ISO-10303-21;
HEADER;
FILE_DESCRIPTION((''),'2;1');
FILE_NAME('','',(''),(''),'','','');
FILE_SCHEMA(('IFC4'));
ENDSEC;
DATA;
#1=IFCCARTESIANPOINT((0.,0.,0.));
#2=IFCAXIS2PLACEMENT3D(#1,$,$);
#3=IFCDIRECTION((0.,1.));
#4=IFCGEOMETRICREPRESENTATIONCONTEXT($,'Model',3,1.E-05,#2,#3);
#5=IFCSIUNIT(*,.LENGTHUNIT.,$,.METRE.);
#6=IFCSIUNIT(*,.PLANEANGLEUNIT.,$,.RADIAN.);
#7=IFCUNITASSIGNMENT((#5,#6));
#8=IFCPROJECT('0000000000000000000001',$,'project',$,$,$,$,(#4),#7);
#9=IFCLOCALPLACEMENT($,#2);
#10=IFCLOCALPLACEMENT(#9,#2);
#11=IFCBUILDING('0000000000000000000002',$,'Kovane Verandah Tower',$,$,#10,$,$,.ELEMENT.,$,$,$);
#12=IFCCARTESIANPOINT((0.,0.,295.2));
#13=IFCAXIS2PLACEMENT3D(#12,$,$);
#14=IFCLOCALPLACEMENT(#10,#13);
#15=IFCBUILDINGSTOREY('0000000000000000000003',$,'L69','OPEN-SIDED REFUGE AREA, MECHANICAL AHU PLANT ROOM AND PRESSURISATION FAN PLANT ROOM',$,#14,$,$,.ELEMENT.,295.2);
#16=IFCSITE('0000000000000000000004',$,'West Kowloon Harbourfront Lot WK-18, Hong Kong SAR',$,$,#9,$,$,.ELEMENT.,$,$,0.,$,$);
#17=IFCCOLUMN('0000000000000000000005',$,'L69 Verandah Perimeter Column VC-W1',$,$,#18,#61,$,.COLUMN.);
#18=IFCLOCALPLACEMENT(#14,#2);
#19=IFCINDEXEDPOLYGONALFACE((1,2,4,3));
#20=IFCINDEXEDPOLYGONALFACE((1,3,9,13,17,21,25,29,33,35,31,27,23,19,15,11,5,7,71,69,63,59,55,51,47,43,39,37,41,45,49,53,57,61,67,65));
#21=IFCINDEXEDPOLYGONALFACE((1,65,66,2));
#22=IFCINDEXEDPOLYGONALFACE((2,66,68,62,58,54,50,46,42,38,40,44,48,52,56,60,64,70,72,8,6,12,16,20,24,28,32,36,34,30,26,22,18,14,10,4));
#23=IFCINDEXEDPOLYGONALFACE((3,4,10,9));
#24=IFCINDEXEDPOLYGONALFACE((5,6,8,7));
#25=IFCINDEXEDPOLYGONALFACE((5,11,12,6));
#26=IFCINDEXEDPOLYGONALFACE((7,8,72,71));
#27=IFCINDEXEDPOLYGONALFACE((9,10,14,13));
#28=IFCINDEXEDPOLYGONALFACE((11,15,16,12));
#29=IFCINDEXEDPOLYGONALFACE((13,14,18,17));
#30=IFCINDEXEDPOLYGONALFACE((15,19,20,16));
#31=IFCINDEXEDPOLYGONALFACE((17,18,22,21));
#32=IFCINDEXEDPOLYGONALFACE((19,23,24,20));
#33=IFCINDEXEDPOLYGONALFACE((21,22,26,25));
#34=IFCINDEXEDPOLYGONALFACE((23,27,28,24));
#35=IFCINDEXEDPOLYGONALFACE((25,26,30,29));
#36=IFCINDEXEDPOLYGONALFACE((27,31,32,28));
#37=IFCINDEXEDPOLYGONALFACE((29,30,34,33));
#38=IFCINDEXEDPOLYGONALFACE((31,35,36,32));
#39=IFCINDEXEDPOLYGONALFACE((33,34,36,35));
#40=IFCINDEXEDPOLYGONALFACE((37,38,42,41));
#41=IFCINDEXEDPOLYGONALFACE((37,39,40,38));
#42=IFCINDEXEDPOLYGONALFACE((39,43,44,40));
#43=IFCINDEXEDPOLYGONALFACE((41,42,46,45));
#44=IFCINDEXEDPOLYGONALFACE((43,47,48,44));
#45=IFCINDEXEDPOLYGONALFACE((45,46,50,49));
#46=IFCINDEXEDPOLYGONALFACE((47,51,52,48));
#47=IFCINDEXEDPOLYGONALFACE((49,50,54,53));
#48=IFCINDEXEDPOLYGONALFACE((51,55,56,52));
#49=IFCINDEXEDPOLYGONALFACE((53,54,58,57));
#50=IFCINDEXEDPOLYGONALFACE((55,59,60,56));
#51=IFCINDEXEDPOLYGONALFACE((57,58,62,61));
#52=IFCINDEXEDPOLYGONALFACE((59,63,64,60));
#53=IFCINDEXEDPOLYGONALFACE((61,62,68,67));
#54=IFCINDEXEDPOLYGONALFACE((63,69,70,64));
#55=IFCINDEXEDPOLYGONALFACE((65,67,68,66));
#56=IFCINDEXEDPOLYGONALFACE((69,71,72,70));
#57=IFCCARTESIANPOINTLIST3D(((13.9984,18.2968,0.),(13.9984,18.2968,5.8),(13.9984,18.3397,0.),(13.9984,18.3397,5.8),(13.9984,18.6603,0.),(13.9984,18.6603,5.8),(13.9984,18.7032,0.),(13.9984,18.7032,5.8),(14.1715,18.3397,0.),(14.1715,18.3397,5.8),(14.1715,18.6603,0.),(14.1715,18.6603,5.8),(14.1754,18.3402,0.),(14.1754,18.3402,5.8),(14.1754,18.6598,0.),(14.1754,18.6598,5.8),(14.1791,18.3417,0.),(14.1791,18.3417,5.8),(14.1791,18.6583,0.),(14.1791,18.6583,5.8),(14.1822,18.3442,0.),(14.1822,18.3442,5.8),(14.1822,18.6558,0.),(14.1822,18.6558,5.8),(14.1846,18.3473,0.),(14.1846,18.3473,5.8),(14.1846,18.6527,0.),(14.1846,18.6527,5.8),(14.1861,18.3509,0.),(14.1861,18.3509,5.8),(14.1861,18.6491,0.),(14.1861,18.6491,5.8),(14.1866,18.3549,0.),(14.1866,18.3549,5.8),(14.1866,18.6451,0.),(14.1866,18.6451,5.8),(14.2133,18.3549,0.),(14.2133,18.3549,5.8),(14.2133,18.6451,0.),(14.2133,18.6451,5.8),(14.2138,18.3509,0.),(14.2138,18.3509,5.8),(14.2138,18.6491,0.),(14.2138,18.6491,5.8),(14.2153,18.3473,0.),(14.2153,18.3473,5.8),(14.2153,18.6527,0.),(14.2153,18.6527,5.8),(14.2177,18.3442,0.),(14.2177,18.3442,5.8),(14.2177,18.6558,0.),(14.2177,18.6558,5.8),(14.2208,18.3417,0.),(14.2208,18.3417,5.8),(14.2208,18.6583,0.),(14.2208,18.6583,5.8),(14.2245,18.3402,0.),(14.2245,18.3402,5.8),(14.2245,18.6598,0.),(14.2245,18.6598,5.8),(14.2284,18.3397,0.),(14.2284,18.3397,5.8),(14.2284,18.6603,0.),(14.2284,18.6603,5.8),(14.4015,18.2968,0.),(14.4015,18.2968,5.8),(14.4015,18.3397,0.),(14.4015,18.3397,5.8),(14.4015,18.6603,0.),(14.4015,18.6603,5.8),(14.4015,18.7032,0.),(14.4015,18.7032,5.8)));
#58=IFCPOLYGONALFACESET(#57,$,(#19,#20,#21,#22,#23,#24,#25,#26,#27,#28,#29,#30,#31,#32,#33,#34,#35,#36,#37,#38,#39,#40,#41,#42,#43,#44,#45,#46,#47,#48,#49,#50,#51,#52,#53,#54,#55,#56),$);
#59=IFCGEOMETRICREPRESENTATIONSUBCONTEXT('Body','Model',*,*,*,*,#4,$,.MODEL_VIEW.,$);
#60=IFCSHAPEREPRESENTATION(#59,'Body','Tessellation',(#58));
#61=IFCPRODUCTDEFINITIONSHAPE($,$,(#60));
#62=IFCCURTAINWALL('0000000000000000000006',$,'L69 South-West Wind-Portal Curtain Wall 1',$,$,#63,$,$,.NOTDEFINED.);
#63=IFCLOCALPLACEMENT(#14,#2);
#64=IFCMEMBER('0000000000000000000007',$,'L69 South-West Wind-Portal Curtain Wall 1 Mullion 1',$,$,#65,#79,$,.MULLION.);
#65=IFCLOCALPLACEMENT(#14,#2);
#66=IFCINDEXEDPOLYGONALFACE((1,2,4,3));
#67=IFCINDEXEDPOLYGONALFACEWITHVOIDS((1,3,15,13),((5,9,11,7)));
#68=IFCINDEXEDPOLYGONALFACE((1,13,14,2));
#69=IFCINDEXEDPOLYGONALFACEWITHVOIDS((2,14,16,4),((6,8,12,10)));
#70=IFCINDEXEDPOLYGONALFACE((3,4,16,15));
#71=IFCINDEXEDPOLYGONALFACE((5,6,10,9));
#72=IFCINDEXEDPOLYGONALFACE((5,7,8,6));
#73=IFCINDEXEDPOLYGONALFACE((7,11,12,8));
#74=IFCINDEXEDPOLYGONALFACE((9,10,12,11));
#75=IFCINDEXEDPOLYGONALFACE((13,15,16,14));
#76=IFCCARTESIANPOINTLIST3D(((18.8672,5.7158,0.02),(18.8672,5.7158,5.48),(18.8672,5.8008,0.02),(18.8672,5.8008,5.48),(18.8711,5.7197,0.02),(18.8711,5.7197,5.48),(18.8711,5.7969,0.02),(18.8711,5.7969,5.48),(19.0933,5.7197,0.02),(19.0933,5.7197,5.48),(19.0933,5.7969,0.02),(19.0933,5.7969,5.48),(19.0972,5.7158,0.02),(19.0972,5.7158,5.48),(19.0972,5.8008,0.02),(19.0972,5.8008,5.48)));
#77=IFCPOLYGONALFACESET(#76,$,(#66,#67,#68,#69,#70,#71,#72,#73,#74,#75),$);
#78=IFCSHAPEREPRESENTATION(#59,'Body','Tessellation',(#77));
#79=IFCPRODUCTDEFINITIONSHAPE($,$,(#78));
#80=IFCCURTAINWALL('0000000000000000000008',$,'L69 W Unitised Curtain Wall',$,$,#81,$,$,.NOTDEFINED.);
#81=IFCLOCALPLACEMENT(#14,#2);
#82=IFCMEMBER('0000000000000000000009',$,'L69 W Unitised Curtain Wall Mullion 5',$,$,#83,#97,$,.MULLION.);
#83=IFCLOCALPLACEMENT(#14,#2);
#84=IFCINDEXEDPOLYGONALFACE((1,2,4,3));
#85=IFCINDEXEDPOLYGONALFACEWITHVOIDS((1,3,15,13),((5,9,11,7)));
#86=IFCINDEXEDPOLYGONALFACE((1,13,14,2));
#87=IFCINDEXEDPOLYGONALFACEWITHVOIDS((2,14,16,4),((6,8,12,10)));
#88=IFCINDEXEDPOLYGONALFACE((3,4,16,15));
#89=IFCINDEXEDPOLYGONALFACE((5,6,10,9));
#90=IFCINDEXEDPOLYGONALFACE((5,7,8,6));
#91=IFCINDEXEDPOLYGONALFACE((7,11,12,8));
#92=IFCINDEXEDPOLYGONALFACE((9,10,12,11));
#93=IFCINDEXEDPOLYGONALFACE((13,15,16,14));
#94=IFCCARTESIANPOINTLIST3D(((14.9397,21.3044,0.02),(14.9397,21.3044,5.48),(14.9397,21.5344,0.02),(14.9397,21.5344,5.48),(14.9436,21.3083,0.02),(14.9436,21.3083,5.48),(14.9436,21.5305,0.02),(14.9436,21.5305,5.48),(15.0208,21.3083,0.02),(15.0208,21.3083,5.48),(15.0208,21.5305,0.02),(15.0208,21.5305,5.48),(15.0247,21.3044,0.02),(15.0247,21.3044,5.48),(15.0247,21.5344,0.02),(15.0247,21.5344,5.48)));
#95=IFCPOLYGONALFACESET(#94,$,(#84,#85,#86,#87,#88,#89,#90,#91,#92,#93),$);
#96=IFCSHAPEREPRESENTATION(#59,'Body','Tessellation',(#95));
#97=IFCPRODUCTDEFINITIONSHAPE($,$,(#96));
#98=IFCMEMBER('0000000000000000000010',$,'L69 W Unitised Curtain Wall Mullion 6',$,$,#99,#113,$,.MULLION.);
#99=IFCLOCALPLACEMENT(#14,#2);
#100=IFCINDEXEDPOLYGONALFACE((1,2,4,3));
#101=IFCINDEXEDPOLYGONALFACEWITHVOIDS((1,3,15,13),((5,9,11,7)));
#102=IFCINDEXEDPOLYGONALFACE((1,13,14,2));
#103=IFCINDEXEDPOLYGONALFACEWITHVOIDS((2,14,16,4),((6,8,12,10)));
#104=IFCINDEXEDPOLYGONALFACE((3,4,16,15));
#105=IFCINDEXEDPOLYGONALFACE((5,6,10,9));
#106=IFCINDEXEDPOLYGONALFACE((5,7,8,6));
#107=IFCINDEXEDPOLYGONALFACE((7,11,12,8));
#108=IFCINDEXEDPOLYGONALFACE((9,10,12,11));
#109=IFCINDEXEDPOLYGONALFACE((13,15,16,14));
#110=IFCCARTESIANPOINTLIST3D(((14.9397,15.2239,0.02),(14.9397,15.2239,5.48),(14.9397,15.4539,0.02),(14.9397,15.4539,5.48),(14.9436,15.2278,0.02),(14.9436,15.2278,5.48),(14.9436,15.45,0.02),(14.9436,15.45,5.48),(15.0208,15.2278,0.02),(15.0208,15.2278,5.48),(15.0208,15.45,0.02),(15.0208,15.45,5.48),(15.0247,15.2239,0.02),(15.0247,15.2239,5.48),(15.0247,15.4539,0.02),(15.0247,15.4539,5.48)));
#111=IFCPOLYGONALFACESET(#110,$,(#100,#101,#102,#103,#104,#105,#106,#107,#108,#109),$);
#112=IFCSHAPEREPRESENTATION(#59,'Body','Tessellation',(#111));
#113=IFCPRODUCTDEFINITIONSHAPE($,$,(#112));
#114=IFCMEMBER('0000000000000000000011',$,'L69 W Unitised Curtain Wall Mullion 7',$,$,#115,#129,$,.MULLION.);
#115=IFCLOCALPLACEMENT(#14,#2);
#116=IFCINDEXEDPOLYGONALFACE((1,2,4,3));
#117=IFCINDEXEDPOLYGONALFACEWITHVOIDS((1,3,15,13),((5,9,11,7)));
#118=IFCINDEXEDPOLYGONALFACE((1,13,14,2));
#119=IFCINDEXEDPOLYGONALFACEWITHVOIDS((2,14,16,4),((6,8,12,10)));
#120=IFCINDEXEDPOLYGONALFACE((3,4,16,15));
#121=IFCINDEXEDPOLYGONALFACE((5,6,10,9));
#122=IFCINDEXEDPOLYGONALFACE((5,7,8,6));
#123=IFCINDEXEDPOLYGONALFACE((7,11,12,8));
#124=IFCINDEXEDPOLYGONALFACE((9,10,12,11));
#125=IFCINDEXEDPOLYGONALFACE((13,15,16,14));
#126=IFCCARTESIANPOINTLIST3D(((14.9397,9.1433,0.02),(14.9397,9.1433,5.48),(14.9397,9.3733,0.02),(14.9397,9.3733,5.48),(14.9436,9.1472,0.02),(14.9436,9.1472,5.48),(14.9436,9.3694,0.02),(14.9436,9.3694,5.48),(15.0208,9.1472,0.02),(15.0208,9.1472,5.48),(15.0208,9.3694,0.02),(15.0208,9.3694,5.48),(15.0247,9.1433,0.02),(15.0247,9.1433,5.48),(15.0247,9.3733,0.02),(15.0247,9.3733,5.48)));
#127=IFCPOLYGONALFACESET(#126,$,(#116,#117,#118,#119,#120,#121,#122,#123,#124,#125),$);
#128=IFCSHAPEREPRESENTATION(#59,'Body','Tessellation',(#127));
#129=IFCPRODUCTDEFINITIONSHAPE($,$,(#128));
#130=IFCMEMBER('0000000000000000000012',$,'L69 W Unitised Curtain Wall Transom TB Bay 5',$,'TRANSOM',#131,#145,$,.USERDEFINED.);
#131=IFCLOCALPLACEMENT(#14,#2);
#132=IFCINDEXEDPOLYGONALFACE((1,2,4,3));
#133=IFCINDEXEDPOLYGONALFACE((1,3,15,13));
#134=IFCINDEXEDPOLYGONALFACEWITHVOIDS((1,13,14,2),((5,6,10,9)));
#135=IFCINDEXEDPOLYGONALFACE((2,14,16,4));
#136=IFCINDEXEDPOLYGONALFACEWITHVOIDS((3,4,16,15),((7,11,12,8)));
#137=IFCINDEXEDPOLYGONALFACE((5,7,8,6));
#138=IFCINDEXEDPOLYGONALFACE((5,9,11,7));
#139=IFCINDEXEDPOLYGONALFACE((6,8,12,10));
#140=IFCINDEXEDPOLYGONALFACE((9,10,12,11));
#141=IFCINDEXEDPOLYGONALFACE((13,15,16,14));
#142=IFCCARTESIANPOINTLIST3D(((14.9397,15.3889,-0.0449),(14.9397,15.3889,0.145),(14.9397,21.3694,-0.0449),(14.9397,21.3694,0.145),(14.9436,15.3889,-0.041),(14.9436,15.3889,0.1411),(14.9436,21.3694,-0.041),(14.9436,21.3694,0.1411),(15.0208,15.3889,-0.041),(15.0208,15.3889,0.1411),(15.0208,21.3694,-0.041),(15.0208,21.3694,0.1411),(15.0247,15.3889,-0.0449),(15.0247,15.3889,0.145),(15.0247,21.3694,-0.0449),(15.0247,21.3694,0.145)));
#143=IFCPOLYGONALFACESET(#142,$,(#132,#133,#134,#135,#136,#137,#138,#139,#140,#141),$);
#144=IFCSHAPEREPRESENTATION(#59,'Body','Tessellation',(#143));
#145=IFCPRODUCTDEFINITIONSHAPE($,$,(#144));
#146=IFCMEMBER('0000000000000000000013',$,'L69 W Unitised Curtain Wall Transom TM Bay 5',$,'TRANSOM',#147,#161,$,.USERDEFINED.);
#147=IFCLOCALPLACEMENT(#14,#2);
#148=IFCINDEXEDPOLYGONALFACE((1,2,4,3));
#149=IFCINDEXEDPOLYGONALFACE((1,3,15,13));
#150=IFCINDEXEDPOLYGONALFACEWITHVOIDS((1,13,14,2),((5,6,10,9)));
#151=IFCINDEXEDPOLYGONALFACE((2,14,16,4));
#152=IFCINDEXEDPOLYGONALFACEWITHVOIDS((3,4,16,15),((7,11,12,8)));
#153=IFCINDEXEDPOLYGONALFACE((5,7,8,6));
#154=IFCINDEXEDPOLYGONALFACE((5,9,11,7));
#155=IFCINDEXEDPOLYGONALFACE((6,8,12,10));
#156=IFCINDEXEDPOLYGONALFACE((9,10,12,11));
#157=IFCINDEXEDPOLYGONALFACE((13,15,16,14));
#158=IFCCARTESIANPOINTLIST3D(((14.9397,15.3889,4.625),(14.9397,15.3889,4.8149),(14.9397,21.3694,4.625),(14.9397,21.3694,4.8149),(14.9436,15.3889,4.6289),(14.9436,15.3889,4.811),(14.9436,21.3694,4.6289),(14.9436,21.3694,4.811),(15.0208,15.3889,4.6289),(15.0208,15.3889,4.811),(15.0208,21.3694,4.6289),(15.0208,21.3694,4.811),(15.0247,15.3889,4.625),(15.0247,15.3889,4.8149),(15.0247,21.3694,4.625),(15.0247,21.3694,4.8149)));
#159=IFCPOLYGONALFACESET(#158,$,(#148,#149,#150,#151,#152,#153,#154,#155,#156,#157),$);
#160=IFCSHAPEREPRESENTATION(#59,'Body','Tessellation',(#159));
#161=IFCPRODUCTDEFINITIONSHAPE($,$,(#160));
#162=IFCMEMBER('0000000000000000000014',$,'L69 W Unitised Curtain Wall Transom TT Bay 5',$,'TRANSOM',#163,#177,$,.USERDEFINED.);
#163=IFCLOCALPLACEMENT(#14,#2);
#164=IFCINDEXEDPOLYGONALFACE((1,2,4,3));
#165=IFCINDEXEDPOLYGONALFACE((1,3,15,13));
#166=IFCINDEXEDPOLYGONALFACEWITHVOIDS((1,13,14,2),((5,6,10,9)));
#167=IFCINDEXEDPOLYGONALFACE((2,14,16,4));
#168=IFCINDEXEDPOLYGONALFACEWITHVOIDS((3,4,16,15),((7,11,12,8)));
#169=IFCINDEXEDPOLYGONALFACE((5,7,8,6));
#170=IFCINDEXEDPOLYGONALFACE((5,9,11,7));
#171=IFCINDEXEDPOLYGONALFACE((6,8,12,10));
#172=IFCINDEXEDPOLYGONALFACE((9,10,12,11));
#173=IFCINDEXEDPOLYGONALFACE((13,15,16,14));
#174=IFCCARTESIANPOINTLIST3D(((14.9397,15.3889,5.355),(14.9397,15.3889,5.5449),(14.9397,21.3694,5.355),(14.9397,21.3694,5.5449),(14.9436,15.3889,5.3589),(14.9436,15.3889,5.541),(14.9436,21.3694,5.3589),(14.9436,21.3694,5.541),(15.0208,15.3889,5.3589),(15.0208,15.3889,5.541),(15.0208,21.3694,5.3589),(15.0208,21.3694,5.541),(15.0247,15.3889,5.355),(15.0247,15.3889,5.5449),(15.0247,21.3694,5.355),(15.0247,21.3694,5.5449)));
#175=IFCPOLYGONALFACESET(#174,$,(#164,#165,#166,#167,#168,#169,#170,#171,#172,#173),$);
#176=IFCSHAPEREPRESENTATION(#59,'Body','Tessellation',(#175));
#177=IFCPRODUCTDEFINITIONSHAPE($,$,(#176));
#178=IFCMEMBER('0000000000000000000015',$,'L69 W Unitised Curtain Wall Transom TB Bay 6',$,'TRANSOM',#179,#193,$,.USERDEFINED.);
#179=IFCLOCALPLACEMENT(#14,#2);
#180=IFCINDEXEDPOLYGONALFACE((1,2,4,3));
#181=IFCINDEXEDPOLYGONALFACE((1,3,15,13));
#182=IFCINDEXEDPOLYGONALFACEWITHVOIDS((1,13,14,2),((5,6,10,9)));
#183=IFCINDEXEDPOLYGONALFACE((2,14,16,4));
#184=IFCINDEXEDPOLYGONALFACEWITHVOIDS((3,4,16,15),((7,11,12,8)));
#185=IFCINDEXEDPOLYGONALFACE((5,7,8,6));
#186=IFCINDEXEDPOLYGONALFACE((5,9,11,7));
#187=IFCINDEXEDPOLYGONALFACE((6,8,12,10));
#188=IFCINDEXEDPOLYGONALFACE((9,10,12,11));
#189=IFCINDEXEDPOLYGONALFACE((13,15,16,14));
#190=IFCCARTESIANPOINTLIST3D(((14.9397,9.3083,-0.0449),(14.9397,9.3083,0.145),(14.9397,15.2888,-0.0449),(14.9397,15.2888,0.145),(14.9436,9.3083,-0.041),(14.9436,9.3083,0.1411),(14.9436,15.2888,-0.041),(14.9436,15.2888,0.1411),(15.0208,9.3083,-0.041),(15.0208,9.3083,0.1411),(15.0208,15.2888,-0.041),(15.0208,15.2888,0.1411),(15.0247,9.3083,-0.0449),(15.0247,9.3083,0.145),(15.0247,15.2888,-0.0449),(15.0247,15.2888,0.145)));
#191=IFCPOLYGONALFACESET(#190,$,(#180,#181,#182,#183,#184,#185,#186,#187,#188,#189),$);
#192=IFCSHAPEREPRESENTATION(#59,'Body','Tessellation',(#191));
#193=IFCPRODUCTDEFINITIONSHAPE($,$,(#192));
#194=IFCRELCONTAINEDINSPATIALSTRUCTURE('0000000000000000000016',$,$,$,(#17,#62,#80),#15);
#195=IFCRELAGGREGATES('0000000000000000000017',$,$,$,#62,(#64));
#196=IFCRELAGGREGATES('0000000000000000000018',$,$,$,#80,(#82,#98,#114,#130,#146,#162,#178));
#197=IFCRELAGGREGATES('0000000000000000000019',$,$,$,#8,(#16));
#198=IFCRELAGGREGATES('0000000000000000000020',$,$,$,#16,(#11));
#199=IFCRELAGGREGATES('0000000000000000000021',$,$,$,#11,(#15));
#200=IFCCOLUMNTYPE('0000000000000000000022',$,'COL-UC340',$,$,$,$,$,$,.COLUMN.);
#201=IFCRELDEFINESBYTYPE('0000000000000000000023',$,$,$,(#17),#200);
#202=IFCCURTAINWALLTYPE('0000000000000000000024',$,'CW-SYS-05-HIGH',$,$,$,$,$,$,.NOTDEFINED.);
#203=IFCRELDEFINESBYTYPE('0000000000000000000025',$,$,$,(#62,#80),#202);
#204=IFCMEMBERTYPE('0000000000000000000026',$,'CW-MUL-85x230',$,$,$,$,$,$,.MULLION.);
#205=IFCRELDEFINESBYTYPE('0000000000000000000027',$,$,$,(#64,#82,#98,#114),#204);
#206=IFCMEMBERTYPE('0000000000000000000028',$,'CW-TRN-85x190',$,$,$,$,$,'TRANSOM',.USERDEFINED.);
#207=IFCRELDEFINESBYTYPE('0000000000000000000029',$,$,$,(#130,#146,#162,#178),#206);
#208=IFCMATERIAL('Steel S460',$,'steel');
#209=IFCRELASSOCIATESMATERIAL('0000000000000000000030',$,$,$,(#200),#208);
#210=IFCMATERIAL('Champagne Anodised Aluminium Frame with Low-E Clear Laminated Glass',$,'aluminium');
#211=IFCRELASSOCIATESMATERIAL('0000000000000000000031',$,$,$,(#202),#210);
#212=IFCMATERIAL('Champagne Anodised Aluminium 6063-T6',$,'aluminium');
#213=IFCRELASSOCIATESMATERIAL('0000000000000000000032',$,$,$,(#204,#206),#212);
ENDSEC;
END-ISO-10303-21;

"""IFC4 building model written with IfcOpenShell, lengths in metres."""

from ifc_helpers import new_model, si_unit, direction, frame, origin, origin_2d, place, context, subcontext, project, spatial, hollow_rectangle, i_section, extrude, material, material_profile, profile_set, type_object, element, aggregate, save


model = new_model("IFC4")

# Units and contexts
model_context = context("Model", 3, precision=1e-05, world=origin(), true_north=direction((0.0, 1.0)))
body_context = subcontext(model_context, "Body", "Model", "MODEL_VIEW")
ifc_project = project(units=[si_unit("LENGTHUNIT", "METRE"), si_unit("PLANEANGLEUNIT", "RADIAN")], contexts=[model_context])

# Site, building, storey
site_placement = place(None, origin())
site = spatial("IfcSite", under=ifc_project, at=site_placement, Name="West Kowloon Harbourfront Lot WK-18, Hong Kong SAR", CompositionType="ELEMENT", RefElevation=0.0)
building_placement = place(site_placement, origin())
building = spatial("IfcBuilding", under=site, at=building_placement, Name="Kovane Verandah Tower", CompositionType="ELEMENT")
storey_placement = place(building_placement, frame((0.0, 0.0, 295.2)))
storey = spatial("IfcBuildingStorey", under=building, at=storey_placement, Name="L69", Description="OPEN-SIDED REFUGE AREA, MECHANICAL AHU PLANT ROOM AND PRESSURISATION FAN PLANT ROOM", CompositionType="ELEMENT", Elevation=295.2)

# Column
ifc_material_1 = material(Name="Steel S460", Category="steel")
ifc_material_profile_1 = material_profile(ifc_material_1, i_section(OverallWidth=0.4031, OverallDepth=0.4065, WebThickness=0.0266, FlangeThickness=0.043, FilletRadius=0.0151, at=origin_2d()), Name="UC356x406x340")
ifc_profile_set_1 = profile_set([ifc_material_profile_1], Name="Steel S460")
column_type = type_object("IfcColumnType", Name="COL-UC340", PredefinedType="COLUMN", material=ifc_profile_set_1)
column_placement = place(storey_placement, frame((14.2, 18.5, 0.0), z_axis=(0.0, 0.0, 1.0), x_axis=(1.0, 0.0, 0.0)))
element("IfcColumn", 1, at=column_placement, inside=storey, type_object=column_type, Name="L69 Verandah Perimeter Column VC-W1", PredefinedType="COLUMN", context=body_context, shape_type="SweptSolid", body=[
    extrude(i_section(OverallWidth=0.4031, OverallDepth=0.4065, WebThickness=0.0266, FlangeThickness=0.043, FilletRadius=0.0151, at=origin_2d()), origin(), (0.0, 0.0, 1.0), 5.8),
])

# Curtain wall, member
ifc_material_2 = material(Name="Champagne Anodised Aluminium Frame with Low-E Clear Laminated Glass", Category="aluminium")
curtain_wall_type = type_object("IfcCurtainWallType", Name="CW-SYS-05-HIGH", PredefinedType="NOTDEFINED", material=ifc_material_2)
curtain_wall_1_placement = place(storey_placement, origin())
curtain_wall_1 = element("IfcCurtainWall", 2, at=curtain_wall_1_placement, inside=storey, type_object=curtain_wall_type, Name="L69 South-West Wind-Portal Curtain Wall 1", PredefinedType="NOTDEFINED")
ifc_material_3 = material(Name="Champagne Anodised Aluminium 6063-T6", Category="aluminium")
ifc_material_profile_2 = material_profile(ifc_material_3, hollow_rectangle(XDim=0.085, YDim=0.23, WallThickness=0.0039, at=origin_2d()), Name="AL85x230x4")
ifc_profile_set_2 = profile_set([ifc_material_profile_2], Name="Champagne Anodised Aluminium 6063-T6")
member_type_1 = type_object("IfcMemberType", Name="CW-MUL-85x230", PredefinedType="MULLION", material=ifc_profile_set_2)
member_1_placement = place(storey_placement, frame((18.9822, 5.7583, 0.02), z_axis=(0.0, 0.0, 1.0), x_axis=(0.0, -1.0, 0.0)))
member_1 = element("IfcMember", 3, at=member_1_placement, type_object=member_type_1, Name="L69 South-West Wind-Portal Curtain Wall 1 Mullion 1", PredefinedType="MULLION", context=body_context, shape_type="SweptSolid", body=[
    extrude(hollow_rectangle(XDim=0.085, YDim=0.23, WallThickness=0.0039, at=origin_2d()), origin(), (0.0, 0.0, 1.0), 5.46),
])
aggregate(curtain_wall_1, [member_1])

# Curtain wall, members
curtain_wall_2_placement = place(storey_placement, origin())
curtain_wall_2 = element("IfcCurtainWall", 4, at=curtain_wall_2_placement, inside=storey, type_object=curtain_wall_type, Name="L69 W Unitised Curtain Wall", PredefinedType="NOTDEFINED")
member_2_placement = place(storey_placement, frame((14.9822, 21.4194, 0.02), z_axis=(0.0, 0.0, 1.0), x_axis=(-1.0, 0.0, 0.0)))
member_2 = element("IfcMember", 5, at=member_2_placement, type_object=member_type_1, Name="L69 W Unitised Curtain Wall Mullion 5", PredefinedType="MULLION", context=body_context, shape_type="SweptSolid", body=[
    extrude(hollow_rectangle(XDim=0.085, YDim=0.23, WallThickness=0.0039, at=origin_2d()), origin(), (0.0, 0.0, 1.0), 5.46),
])
member_3_placement = place(storey_placement, frame((14.9822, 15.3389, 0.02), z_axis=(0.0, 0.0, 1.0), x_axis=(-1.0, 0.0, 0.0)))
member_3 = element("IfcMember", 6, at=member_3_placement, type_object=member_type_1, Name="L69 W Unitised Curtain Wall Mullion 6", PredefinedType="MULLION", context=body_context, shape_type="SweptSolid", body=[
    extrude(hollow_rectangle(XDim=0.085, YDim=0.23, WallThickness=0.0039, at=origin_2d()), origin(), (0.0, 0.0, 1.0), 5.46),
])
member_4_placement = place(storey_placement, frame((14.9822, 9.2583, 0.02), z_axis=(0.0, 0.0, 1.0), x_axis=(-1.0, 0.0, 0.0)))
member_4 = element("IfcMember", 7, at=member_4_placement, type_object=member_type_1, Name="L69 W Unitised Curtain Wall Mullion 7", PredefinedType="MULLION", context=body_context, shape_type="SweptSolid", body=[
    extrude(hollow_rectangle(XDim=0.085, YDim=0.23, WallThickness=0.0039, at=origin_2d()), origin(), (0.0, 0.0, 1.0), 5.46),
])
ifc_material_profile_3 = material_profile(ifc_material_3, hollow_rectangle(XDim=0.085, YDim=0.1899, WallThickness=0.0039, at=origin_2d()), Name="AL85x190x4")
ifc_profile_set_3 = profile_set([ifc_material_profile_3], Name="Champagne Anodised Aluminium 6063-T6")
member_type_2 = type_object("IfcMemberType", Name="CW-TRN-85x190", ElementType="TRANSOM", PredefinedType="USERDEFINED", material=ifc_profile_set_3)
member_5_placement = place(storey_placement, frame((14.9822, 21.3694, 0.05), z_axis=(0.0, -1.0, 0.0), x_axis=(1.0, 0.0, 0.0)))
member_5 = element("IfcMember", 8, at=member_5_placement, type_object=member_type_2, Name="L69 W Unitised Curtain Wall Transom TB Bay 5", ObjectType="TRANSOM", PredefinedType="USERDEFINED", context=body_context, shape_type="SweptSolid", body=[
    extrude(hollow_rectangle(XDim=0.085, YDim=0.1899, WallThickness=0.0039, at=origin_2d()), origin(), (0.0, 0.0, 1.0), 5.9805),
])
member_6_placement = place(storey_placement, frame((14.9822, 21.3694, 4.72), z_axis=(0.0, -1.0, 0.0), x_axis=(1.0, 0.0, 0.0)))
member_6 = element("IfcMember", 9, at=member_6_placement, type_object=member_type_2, Name="L69 W Unitised Curtain Wall Transom TM Bay 5", ObjectType="TRANSOM", PredefinedType="USERDEFINED", context=body_context, shape_type="SweptSolid", body=[
    extrude(hollow_rectangle(XDim=0.085, YDim=0.1899, WallThickness=0.0039, at=origin_2d()), origin(), (0.0, 0.0, 1.0), 5.9805),
])
member_7_placement = place(storey_placement, frame((14.9822, 21.3694, 5.45), z_axis=(0.0, -1.0, 0.0), x_axis=(1.0, 0.0, 0.0)))
member_7 = element("IfcMember", 10, at=member_7_placement, type_object=member_type_2, Name="L69 W Unitised Curtain Wall Transom TT Bay 5", ObjectType="TRANSOM", PredefinedType="USERDEFINED", context=body_context, shape_type="SweptSolid", body=[
    extrude(hollow_rectangle(XDim=0.085, YDim=0.1899, WallThickness=0.0039, at=origin_2d()), origin(), (0.0, 0.0, 1.0), 5.9805),
])
member_8_placement = place(storey_placement, frame((14.9822, 15.2888, 0.05), z_axis=(0.0, -1.0, 0.0), x_axis=(1.0, 0.0, 0.0)))
member_8 = element("IfcMember", 11, at=member_8_placement, type_object=member_type_2, Name="L69 W Unitised Curtain Wall Transom TB Bay 6", ObjectType="TRANSOM", PredefinedType="USERDEFINED", context=body_context, shape_type="SweptSolid", body=[
    extrude(hollow_rectangle(XDim=0.085, YDim=0.1899, WallThickness=0.0039, at=origin_2d()), origin(), (0.0, 0.0, 1.0), 5.9805),
])
aggregate(curtain_wall_2, [member_2, member_3, member_4, member_5, member_6, member_7, member_8])

save(model, "model.ifc")
